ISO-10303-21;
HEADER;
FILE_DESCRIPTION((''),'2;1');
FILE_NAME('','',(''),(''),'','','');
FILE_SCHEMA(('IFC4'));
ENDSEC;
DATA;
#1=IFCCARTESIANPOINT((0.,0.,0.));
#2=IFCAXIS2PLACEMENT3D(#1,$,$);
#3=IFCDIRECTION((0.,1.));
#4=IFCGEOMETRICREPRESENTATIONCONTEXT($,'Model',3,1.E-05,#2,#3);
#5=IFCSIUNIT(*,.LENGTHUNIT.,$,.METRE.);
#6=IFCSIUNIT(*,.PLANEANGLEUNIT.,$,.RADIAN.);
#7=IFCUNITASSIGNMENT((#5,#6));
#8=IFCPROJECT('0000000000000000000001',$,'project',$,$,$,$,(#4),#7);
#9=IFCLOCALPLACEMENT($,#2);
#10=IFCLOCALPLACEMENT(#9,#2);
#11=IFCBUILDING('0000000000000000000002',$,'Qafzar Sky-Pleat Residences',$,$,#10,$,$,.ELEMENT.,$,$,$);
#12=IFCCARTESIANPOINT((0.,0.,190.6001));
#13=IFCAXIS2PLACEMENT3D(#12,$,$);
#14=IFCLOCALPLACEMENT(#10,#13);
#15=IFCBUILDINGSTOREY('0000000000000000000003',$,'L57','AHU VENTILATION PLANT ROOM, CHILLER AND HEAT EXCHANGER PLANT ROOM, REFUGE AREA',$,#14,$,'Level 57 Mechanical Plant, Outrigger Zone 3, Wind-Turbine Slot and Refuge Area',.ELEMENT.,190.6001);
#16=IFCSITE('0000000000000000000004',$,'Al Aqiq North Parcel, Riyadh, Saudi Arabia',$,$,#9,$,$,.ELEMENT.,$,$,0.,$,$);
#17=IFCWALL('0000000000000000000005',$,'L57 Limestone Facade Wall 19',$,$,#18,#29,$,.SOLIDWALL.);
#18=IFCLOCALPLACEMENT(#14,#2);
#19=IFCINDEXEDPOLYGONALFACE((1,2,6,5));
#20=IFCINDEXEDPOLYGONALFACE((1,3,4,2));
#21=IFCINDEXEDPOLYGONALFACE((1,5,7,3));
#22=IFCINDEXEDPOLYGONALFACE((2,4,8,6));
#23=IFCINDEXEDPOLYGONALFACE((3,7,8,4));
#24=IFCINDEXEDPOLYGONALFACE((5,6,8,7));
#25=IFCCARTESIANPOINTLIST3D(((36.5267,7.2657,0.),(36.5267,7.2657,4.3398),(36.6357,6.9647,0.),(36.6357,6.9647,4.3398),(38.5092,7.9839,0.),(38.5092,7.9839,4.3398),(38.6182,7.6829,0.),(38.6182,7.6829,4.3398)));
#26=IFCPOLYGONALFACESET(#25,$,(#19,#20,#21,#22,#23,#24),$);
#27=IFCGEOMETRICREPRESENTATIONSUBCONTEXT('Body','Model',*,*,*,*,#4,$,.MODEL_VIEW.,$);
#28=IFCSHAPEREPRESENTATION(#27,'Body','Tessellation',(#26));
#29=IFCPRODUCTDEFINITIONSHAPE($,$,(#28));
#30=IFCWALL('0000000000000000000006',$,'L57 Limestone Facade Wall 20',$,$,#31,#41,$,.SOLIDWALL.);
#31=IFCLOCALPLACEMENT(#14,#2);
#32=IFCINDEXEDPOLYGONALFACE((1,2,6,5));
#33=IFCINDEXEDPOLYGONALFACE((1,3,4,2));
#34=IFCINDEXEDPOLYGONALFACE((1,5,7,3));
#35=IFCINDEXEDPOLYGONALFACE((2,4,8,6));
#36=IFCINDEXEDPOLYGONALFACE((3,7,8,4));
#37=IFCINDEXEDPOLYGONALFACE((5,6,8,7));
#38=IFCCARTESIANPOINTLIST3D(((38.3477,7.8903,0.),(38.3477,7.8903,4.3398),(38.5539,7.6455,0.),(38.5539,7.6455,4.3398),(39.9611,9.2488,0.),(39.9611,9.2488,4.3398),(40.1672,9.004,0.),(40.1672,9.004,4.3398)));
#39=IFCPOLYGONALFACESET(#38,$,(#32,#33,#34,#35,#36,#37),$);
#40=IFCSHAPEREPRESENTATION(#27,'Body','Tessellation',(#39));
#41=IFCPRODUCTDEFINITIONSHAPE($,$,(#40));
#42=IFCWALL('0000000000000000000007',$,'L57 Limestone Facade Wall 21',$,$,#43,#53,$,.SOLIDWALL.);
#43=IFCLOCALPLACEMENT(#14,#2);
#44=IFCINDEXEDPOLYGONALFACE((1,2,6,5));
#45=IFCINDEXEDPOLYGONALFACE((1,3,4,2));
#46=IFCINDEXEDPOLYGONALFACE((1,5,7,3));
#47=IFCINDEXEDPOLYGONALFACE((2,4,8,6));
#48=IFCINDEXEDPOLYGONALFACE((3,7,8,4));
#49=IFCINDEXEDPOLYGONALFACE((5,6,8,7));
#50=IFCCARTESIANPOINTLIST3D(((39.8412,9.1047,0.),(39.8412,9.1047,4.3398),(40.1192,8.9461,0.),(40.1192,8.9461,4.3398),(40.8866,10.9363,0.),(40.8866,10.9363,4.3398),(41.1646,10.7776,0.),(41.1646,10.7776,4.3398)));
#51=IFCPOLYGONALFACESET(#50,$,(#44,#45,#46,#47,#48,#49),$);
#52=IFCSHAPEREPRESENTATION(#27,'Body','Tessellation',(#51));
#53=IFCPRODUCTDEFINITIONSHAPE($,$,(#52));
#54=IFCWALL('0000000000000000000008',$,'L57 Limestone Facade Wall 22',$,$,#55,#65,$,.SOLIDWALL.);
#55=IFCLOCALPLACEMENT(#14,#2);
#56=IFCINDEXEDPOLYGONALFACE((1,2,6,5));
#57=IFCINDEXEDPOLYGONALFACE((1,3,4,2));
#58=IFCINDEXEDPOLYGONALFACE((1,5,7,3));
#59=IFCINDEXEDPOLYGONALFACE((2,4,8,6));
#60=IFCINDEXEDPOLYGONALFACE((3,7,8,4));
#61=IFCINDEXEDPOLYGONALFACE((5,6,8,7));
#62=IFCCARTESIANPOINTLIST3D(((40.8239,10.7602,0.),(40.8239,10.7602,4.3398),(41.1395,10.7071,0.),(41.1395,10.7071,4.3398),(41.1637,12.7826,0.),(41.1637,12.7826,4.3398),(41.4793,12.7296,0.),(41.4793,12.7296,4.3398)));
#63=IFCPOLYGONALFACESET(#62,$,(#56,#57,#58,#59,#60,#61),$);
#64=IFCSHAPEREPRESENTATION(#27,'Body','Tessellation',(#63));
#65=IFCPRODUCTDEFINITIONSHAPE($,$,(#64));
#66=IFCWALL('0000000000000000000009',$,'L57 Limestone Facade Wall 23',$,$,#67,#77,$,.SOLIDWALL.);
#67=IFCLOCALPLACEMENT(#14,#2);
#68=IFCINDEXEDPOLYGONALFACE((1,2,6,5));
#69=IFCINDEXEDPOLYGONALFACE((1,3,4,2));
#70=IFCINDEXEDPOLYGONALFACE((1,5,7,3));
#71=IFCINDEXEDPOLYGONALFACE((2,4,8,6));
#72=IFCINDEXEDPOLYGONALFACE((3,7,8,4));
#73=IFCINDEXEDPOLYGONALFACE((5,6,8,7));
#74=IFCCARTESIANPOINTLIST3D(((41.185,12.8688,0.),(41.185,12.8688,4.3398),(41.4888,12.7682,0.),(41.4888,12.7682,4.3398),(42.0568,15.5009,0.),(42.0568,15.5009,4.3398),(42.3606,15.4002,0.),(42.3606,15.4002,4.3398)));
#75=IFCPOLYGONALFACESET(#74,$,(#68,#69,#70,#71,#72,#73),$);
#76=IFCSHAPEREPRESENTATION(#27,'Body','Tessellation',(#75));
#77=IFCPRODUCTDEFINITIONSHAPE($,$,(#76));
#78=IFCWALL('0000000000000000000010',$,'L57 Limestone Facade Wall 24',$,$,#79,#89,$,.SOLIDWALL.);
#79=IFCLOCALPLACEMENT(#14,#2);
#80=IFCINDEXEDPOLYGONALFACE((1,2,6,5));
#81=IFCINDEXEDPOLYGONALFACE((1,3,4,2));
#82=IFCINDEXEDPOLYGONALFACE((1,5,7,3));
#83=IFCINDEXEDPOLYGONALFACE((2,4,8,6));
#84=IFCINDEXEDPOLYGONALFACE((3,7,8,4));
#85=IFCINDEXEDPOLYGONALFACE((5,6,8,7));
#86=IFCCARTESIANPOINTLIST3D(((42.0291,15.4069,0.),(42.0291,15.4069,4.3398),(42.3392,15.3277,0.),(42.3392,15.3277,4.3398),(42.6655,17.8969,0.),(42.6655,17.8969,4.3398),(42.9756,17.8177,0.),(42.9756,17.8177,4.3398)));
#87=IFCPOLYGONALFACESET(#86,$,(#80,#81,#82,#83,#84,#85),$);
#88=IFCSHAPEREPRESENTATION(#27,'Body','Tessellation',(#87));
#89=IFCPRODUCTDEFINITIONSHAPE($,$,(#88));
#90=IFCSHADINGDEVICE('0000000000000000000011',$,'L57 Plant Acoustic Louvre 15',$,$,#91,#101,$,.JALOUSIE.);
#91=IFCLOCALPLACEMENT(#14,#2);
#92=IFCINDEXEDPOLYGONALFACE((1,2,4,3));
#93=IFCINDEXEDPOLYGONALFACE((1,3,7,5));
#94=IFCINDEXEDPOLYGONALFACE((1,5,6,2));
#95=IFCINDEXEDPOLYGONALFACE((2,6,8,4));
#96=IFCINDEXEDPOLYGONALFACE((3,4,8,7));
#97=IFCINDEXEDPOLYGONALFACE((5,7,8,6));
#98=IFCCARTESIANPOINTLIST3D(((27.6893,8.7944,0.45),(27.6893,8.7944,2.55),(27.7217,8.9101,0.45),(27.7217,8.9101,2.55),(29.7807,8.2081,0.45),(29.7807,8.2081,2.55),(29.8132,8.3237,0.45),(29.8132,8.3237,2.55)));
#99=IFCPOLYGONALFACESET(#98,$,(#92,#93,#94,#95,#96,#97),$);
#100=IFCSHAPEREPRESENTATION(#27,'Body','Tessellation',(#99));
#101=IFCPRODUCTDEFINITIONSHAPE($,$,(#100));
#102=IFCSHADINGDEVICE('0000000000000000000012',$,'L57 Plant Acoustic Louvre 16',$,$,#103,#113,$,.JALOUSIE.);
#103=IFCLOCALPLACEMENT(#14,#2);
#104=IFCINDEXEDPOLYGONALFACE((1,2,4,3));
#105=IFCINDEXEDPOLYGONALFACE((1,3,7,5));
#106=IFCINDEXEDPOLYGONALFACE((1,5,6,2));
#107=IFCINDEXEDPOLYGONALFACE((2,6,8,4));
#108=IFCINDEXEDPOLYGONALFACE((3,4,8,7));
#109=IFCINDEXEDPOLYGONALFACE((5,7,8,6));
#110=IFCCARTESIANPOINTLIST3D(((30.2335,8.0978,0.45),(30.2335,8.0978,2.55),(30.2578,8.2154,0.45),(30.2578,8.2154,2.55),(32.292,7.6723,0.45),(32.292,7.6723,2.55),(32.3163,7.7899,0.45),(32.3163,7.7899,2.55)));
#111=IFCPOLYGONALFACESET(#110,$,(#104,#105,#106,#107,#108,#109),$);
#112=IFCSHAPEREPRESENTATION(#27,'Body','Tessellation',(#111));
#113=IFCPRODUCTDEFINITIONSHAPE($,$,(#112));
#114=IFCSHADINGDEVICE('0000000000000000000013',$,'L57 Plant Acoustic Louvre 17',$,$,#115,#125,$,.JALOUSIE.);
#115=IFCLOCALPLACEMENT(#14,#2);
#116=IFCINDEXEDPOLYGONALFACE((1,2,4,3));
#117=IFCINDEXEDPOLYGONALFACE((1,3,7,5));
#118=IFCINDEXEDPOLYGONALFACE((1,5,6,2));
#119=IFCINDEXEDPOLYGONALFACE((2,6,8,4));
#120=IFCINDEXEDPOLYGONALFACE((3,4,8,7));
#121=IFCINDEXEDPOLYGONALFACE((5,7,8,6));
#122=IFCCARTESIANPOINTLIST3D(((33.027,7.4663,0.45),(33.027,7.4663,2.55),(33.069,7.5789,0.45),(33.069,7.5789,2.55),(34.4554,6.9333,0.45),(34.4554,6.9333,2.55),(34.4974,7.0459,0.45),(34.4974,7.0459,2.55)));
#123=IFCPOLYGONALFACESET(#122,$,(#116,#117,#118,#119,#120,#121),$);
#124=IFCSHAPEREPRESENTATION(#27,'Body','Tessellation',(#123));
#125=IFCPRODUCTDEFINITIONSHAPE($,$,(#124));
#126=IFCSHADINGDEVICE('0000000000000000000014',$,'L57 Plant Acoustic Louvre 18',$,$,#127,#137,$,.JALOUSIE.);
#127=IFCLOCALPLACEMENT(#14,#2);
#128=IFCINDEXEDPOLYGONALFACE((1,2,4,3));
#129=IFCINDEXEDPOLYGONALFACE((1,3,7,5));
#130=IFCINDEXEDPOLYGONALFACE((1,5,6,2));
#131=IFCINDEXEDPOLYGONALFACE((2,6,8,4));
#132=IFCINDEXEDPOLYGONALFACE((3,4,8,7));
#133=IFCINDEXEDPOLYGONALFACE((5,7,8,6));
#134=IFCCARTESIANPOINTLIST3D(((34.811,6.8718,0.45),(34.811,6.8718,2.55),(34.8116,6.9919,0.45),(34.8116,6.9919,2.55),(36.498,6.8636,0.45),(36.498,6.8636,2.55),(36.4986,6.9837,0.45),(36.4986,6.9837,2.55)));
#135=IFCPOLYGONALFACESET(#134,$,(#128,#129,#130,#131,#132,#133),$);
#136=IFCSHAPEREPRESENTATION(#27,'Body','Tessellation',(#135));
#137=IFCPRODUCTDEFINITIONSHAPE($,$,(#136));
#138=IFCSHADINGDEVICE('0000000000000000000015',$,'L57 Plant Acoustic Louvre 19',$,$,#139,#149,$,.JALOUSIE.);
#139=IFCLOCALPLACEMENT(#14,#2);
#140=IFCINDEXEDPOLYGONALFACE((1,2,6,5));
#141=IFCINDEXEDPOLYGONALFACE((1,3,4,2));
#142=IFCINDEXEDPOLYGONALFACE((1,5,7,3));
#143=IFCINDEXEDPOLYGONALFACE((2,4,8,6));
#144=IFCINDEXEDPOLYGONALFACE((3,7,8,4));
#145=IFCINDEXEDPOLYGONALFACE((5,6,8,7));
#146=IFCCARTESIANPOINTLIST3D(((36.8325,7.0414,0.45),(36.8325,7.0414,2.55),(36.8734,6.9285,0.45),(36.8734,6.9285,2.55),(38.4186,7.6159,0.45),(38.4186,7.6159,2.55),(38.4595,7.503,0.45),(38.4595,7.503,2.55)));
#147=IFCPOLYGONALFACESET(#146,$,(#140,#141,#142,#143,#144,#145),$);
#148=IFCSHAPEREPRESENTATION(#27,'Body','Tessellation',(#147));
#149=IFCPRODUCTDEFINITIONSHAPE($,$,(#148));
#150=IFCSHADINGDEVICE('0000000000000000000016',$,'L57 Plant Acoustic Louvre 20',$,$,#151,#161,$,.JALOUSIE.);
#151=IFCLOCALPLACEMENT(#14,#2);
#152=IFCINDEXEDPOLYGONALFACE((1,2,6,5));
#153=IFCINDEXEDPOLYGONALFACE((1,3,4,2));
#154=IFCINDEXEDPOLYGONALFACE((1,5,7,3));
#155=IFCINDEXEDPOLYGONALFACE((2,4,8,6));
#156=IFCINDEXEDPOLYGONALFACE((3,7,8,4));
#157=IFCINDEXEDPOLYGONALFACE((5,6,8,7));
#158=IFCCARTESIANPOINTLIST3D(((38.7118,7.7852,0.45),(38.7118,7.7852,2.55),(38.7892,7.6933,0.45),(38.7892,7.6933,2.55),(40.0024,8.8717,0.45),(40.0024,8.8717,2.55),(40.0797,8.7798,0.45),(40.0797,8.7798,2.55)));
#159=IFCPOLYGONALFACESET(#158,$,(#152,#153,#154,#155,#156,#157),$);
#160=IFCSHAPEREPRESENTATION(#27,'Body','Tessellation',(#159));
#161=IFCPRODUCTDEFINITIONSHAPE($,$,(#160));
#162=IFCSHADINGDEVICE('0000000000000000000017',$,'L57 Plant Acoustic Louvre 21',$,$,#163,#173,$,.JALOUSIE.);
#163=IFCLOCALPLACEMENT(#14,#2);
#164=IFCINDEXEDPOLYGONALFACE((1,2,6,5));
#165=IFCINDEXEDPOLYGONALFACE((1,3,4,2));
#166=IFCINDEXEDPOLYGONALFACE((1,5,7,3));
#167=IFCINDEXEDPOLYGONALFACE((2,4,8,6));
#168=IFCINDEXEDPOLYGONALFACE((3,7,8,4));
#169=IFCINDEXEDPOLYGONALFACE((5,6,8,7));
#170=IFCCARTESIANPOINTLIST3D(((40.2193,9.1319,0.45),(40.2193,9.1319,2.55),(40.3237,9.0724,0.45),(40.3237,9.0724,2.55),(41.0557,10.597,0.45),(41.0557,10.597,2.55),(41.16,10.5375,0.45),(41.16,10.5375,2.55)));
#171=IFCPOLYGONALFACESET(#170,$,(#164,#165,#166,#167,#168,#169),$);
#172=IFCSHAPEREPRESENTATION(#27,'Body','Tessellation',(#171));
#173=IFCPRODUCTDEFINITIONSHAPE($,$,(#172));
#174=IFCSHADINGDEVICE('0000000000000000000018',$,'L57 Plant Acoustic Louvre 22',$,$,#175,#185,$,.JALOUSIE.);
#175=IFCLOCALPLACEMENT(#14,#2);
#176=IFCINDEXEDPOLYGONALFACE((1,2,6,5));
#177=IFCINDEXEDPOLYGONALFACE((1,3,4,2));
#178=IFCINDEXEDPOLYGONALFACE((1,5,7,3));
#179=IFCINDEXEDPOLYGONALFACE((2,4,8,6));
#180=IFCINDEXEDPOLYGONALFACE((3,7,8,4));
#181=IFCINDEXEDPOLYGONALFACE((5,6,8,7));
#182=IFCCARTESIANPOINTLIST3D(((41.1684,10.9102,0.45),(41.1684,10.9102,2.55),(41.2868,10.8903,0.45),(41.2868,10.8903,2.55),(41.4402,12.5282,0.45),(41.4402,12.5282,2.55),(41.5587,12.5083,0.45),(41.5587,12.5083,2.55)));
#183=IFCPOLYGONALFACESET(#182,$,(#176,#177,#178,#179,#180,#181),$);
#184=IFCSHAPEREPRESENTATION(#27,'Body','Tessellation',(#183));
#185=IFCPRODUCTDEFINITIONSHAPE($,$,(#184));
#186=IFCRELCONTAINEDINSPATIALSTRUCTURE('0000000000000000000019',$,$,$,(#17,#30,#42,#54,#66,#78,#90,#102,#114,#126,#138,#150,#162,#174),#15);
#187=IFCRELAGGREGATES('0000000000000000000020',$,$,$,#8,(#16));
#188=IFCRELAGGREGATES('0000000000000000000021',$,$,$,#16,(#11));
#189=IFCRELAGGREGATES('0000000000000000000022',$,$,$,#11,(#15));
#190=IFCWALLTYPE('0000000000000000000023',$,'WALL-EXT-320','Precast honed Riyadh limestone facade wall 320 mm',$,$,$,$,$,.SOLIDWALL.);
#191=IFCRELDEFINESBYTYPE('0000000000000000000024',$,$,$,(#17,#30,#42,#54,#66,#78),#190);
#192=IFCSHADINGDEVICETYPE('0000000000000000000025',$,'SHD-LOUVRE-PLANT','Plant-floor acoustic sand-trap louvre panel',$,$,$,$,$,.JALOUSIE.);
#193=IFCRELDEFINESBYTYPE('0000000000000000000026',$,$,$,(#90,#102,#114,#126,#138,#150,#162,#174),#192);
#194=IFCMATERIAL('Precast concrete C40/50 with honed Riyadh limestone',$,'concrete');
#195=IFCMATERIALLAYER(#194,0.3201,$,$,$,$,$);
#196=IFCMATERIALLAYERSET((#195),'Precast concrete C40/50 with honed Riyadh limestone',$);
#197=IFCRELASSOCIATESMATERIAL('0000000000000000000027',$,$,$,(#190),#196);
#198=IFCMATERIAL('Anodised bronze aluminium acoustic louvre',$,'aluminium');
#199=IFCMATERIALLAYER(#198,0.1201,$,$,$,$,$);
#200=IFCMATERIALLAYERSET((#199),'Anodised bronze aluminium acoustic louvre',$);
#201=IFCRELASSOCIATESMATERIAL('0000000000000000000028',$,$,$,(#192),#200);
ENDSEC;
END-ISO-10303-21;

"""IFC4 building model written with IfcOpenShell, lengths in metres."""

from ifc_helpers import new_model, si_unit, direction, frame, frame_2d, origin, origin_2d, place, context, subcontext, project, spatial, rectangle, extrude, source, transform, mapped, material, layer, layer_set, type_object, element, save


model = new_model("IFC4")

# Units and contexts
model_context = context("Model", 3, precision=1e-05, world=origin(), true_north=direction((0.0, 1.0)))
body_context = subcontext(model_context, "Body", "Model", "MODEL_VIEW")
ifc_project = project(units=[si_unit("LENGTHUNIT", "METRE"), si_unit("PLANEANGLEUNIT", "RADIAN")], contexts=[model_context])

# Site, building, storey
site_placement = place(None, origin())
site = spatial("IfcSite", under=ifc_project, at=site_placement, Name="Al Aqiq North Parcel, Riyadh, Saudi Arabia", CompositionType="ELEMENT", RefElevation=0.0)
building_placement = place(site_placement, origin())
building = spatial("IfcBuilding", under=site, at=building_placement, Name="Qafzar Sky-Pleat Residences", CompositionType="ELEMENT")
storey_placement = place(building_placement, frame((0.0, 0.0, 190.6001)))
storey = spatial("IfcBuildingStorey", under=building, at=storey_placement, Name="L57", Description="AHU VENTILATION PLANT ROOM, CHILLER AND HEAT EXCHANGER PLANT ROOM, REFUGE AREA", LongName="Level 57 Mechanical Plant, Outrigger Zone 3, Wind-Turbine Slot and Refuge Area", CompositionType="ELEMENT", Elevation=190.6001)

# Walls
ifc_material_1 = material(Name="Precast concrete C40/50 with honed Riyadh limestone", Category="concrete")
ifc_layer_1 = layer(ifc_material_1, 0.3201)
ifc_layer_set_1 = layer_set([ifc_layer_1], Name="Precast concrete C40/50 with honed Riyadh limestone")
wall_type_1 = type_object("IfcWallType", Name="WALL-EXT-320", Description="Precast honed Riyadh limestone facade wall 320 mm", PredefinedType="SOLIDWALL", material=ifc_layer_set_1)
for number, where, z_axis, x_axis, name in (
    (1, (36.5813, 7.1152, 0.0), (0.0, 0.0, 1.0), (0.940205, 0.340609, 0.0), "L57 Limestone Facade Wall 19"),
):
    element("IfcWall", number, at=place(storey_placement, frame(where, z_axis=z_axis, x_axis=x_axis)), inside=storey, type_object=wall_type_1, Name=name, PredefinedType="SOLIDWALL", context=body_context, shape_type="SweptSolid", body=[
        extrude(rectangle(XDim=2.1086, YDim=0.3201, at=frame_2d((1.0542, 0.0))), origin(), (0.0, 0.0, 1.0), 4.3398),
    ])
wall_1_placement = place(storey_placement, frame((38.4507, 7.7678, 0.0), z_axis=(0.0, 0.0, 1.0), x_axis=(0.764947, 0.644093, 0.0)))
element("IfcWall", 2, at=wall_1_placement, inside=storey, type_object=wall_type_1, Name="L57 Limestone Facade Wall 20", PredefinedType="SOLIDWALL", context=body_context, shape_type="SweptSolid", body=[
    extrude(rectangle(XDim=2.1091, YDim=0.3201, at=frame_2d((1.0547, 0.0))), origin(), (0.0, 0.0, 1.0), 4.3398),
])
wall_2_placement = place(storey_placement, frame((39.9802, 9.0254, 0.0), z_axis=(0.0, 0.0, 1.0), x_axis=(0.495715, 0.868485, 0.0)))
element("IfcWall", 3, at=wall_2_placement, inside=storey, type_object=wall_type_1, Name="L57 Limestone Facade Wall 21", PredefinedType="SOLIDWALL", context=body_context, shape_type="SweptSolid", body=[
    extrude(rectangle(XDim=2.1089, YDim=0.3201, at=frame_2d((1.0544, 0.0))), origin(), (0.0, 0.0, 1.0), 4.3398),
])
wall_3_placement = place(storey_placement, frame((40.9817, 10.7336, 0.0), z_axis=(0.0, 0.0, 1.0), x_axis=(0.165712, 0.986174, 0.0)))
element("IfcWall", 4, at=wall_3_placement, inside=storey, type_object=wall_type_1, Name="L57 Limestone Facade Wall 22", PredefinedType="SOLIDWALL", context=body_context, shape_type="SweptSolid", body=[
    extrude(rectangle(XDim=2.0508, YDim=0.3201, at=frame_2d((1.0254, 0.0))), origin(), (0.0, 0.0, 1.0), 4.3398),
])
wall_4_placement = place(storey_placement, frame((41.3369, 12.8186, 0.0), z_axis=(0.0, 0.0, 1.0), x_axis=(0.314431, 0.94928, 0.0)))
element("IfcWall", 5, at=wall_4_placement, inside=storey, type_object=wall_type_1, Name="L57 Limestone Facade Wall 23", PredefinedType="SOLIDWALL", context=body_context, shape_type="SweptSolid", body=[
    extrude(rectangle(XDim=2.7727, YDim=0.3201, at=frame_2d((1.3862, 0.0))), origin(), (0.0, 0.0, 1.0), 4.3398),
])
wall_5_placement = place(storey_placement, frame((42.1841, 15.3672, 0.0), z_axis=(0.0, 0.0, 1.0), x_axis=(0.247651, 0.968849, 0.0)))
element("IfcWall", 6, at=wall_5_placement, inside=storey, type_object=wall_type_1, Name="L57 Limestone Facade Wall 24", PredefinedType="SOLIDWALL", context=body_context, shape_type="SweptSolid", body=[
    extrude(rectangle(XDim=2.5701, YDim=0.3201, at=frame_2d((1.2852, 0.0))), origin(), (0.0, 0.0, 1.0), 4.3398),
])

# Shading devices
ifc_material_2 = material(Name="Anodised bronze aluminium acoustic louvre", Category="aluminium")
ifc_layer_2 = layer(ifc_material_2, 0.1201)
ifc_layer_set_2 = layer_set([ifc_layer_2], Name="Anodised bronze aluminium acoustic louvre")
shading_device_type = type_object("IfcShadingDeviceType", Name="SHD-LOUVRE-PLANT", Description="Plant-floor acoustic sand-trap louvre panel", PredefinedType="JALOUSIE", material=ifc_layer_set_2)
shared_shape_1 = source(origin(), body_context, "Body", "SweptSolid", [
    extrude(rectangle(XDim=2.1721, YDim=0.1201, at=origin_2d()), origin(), (0.0, 0.0, 1.0), 2.1001),
])
shading_device_1_placement = place(storey_placement, frame((28.7512, 8.5591, 0.45), z_axis=(0.0, 0.0, 1.0), x_axis=(0.962871, -0.269961, 0.0)))
element("IfcShadingDevice", 7, at=shading_device_1_placement, inside=storey, type_object=shading_device_type, Name="L57 Plant Acoustic Louvre 15", PredefinedType="JALOUSIE", context=body_context, shape_type="MappedRepresentation", body=[
    mapped(shared_shape_1, transform((0.0, 0.0, 0.0), x_axis=(1.0, 0.0, 0.0), y_axis=(0.0, 1.0, 0.0), z_axis=(0.0, 0.0, 1.0), scale=1.0)),
])
shared_shape_2 = source(origin(), body_context, "Body", "SweptSolid", [
    extrude(rectangle(XDim=2.1021, YDim=0.1201, at=origin_2d()), origin(), (0.0, 0.0, 1.0), 2.1001),
])
shading_device_2_placement = place(storey_placement, frame((31.2749, 7.9438, 0.45), z_axis=(0.0, 0.0, 1.0), x_axis=(0.979305, -0.202392, 0.0)))
element("IfcShadingDevice", 8, at=shading_device_2_placement, inside=storey, type_object=shading_device_type, Name="L57 Plant Acoustic Louvre 16", PredefinedType="JALOUSIE", context=body_context, shape_type="MappedRepresentation", body=[
    mapped(shared_shape_2, transform((0.0, 0.0, 0.0), x_axis=(1.0, 0.0, 0.0), y_axis=(0.0, 1.0, 0.0), z_axis=(0.0, 0.0, 1.0), scale=1.0)),
])
shared_shape_3 = source(origin(), body_context, "Body", "SweptSolid", [
    extrude(rectangle(XDim=1.5247, YDim=0.1201, at=origin_2d()), origin(), (0.0, 0.0, 1.0), 2.1001),
])
shading_device_3_placement = place(storey_placement, frame((33.7622, 7.2561, 0.45), z_axis=(0.0, 0.0, 1.0), x_axis=(0.936897, -0.349605, 0.0)))
element("IfcShadingDevice", 9, at=shading_device_3_placement, inside=storey, type_object=shading_device_type, Name="L57 Plant Acoustic Louvre 17", PredefinedType="JALOUSIE", context=body_context, shape_type="MappedRepresentation", body=[
    mapped(shared_shape_3, transform((0.0, 0.0, 0.0), x_axis=(1.0, 0.0, 0.0), y_axis=(0.0, 1.0, 0.0), z_axis=(0.0, 0.0, 1.0), scale=1.0)),
])
shared_shape_4 = source(origin(), body_context, "Body", "SweptSolid", [
    extrude(rectangle(XDim=1.687, YDim=0.1201, at=origin_2d()), origin(), (0.0, 0.0, 1.0), 2.1001),
])
for number, where, z_axis, x_axis, name in (
    (10, (35.6548, 6.9277, 0.45), (0.0, 0.0, 1.0), (0.999988, -0.004884, 0.0), "L57 Plant Acoustic Louvre 18"),
    (11, (37.646, 7.2722, 0.45), (0.0, 0.0, 1.0), (0.940232, 0.340536, 0.0), "L57 Plant Acoustic Louvre 19"),
    (12, (39.3958, 8.2825, 0.45), (0.0, 0.0, 1.0), (0.764997, 0.644034, 0.0), "L57 Plant Acoustic Louvre 20"),
    (13, (40.6897, 9.8347, 0.45), (0.0, 0.0, 1.0), (0.495776, 0.86845, 0.0), "L57 Plant Acoustic Louvre 21"),
):
    element("IfcShadingDevice", number, at=place(storey_placement, frame(where, z_axis=z_axis, x_axis=x_axis)), inside=storey, type_object=shading_device_type, Name=name, PredefinedType="JALOUSIE", context=body_context, shape_type="MappedRepresentation", body=[
        mapped(shared_shape_4, transform((0.0, 0.0, 0.0), x_axis=(1.0, 0.0, 0.0), y_axis=(0.0, 1.0, 0.0), z_axis=(0.0, 0.0, 1.0), scale=1.0)),
    ])
shared_shape_5 = source(origin(), body_context, "Body", "SweptSolid", [
    extrude(rectangle(XDim=1.6406, YDim=0.1201, at=origin_2d()), origin(), (0.0, 0.0, 1.0), 2.1001),
])
shading_device_4_placement = place(storey_placement, frame((41.3635, 11.7092, 0.45), z_axis=(0.0, 0.0, 1.0), x_axis=(0.165688, 0.986178, 0.0)))
element("IfcShadingDevice", 14, at=shading_device_4_placement, inside=storey, type_object=shading_device_type, Name="L57 Plant Acoustic Louvre 22", PredefinedType="JALOUSIE", context=body_context, shape_type="MappedRepresentation", body=[
    mapped(shared_shape_5, transform((0.0, 0.0, 0.0), x_axis=(1.0, 0.0, 0.0), y_axis=(0.0, 1.0, 0.0), z_axis=(0.0, 0.0, 1.0), scale=1.0)),
])

save(model, "model.ifc")
